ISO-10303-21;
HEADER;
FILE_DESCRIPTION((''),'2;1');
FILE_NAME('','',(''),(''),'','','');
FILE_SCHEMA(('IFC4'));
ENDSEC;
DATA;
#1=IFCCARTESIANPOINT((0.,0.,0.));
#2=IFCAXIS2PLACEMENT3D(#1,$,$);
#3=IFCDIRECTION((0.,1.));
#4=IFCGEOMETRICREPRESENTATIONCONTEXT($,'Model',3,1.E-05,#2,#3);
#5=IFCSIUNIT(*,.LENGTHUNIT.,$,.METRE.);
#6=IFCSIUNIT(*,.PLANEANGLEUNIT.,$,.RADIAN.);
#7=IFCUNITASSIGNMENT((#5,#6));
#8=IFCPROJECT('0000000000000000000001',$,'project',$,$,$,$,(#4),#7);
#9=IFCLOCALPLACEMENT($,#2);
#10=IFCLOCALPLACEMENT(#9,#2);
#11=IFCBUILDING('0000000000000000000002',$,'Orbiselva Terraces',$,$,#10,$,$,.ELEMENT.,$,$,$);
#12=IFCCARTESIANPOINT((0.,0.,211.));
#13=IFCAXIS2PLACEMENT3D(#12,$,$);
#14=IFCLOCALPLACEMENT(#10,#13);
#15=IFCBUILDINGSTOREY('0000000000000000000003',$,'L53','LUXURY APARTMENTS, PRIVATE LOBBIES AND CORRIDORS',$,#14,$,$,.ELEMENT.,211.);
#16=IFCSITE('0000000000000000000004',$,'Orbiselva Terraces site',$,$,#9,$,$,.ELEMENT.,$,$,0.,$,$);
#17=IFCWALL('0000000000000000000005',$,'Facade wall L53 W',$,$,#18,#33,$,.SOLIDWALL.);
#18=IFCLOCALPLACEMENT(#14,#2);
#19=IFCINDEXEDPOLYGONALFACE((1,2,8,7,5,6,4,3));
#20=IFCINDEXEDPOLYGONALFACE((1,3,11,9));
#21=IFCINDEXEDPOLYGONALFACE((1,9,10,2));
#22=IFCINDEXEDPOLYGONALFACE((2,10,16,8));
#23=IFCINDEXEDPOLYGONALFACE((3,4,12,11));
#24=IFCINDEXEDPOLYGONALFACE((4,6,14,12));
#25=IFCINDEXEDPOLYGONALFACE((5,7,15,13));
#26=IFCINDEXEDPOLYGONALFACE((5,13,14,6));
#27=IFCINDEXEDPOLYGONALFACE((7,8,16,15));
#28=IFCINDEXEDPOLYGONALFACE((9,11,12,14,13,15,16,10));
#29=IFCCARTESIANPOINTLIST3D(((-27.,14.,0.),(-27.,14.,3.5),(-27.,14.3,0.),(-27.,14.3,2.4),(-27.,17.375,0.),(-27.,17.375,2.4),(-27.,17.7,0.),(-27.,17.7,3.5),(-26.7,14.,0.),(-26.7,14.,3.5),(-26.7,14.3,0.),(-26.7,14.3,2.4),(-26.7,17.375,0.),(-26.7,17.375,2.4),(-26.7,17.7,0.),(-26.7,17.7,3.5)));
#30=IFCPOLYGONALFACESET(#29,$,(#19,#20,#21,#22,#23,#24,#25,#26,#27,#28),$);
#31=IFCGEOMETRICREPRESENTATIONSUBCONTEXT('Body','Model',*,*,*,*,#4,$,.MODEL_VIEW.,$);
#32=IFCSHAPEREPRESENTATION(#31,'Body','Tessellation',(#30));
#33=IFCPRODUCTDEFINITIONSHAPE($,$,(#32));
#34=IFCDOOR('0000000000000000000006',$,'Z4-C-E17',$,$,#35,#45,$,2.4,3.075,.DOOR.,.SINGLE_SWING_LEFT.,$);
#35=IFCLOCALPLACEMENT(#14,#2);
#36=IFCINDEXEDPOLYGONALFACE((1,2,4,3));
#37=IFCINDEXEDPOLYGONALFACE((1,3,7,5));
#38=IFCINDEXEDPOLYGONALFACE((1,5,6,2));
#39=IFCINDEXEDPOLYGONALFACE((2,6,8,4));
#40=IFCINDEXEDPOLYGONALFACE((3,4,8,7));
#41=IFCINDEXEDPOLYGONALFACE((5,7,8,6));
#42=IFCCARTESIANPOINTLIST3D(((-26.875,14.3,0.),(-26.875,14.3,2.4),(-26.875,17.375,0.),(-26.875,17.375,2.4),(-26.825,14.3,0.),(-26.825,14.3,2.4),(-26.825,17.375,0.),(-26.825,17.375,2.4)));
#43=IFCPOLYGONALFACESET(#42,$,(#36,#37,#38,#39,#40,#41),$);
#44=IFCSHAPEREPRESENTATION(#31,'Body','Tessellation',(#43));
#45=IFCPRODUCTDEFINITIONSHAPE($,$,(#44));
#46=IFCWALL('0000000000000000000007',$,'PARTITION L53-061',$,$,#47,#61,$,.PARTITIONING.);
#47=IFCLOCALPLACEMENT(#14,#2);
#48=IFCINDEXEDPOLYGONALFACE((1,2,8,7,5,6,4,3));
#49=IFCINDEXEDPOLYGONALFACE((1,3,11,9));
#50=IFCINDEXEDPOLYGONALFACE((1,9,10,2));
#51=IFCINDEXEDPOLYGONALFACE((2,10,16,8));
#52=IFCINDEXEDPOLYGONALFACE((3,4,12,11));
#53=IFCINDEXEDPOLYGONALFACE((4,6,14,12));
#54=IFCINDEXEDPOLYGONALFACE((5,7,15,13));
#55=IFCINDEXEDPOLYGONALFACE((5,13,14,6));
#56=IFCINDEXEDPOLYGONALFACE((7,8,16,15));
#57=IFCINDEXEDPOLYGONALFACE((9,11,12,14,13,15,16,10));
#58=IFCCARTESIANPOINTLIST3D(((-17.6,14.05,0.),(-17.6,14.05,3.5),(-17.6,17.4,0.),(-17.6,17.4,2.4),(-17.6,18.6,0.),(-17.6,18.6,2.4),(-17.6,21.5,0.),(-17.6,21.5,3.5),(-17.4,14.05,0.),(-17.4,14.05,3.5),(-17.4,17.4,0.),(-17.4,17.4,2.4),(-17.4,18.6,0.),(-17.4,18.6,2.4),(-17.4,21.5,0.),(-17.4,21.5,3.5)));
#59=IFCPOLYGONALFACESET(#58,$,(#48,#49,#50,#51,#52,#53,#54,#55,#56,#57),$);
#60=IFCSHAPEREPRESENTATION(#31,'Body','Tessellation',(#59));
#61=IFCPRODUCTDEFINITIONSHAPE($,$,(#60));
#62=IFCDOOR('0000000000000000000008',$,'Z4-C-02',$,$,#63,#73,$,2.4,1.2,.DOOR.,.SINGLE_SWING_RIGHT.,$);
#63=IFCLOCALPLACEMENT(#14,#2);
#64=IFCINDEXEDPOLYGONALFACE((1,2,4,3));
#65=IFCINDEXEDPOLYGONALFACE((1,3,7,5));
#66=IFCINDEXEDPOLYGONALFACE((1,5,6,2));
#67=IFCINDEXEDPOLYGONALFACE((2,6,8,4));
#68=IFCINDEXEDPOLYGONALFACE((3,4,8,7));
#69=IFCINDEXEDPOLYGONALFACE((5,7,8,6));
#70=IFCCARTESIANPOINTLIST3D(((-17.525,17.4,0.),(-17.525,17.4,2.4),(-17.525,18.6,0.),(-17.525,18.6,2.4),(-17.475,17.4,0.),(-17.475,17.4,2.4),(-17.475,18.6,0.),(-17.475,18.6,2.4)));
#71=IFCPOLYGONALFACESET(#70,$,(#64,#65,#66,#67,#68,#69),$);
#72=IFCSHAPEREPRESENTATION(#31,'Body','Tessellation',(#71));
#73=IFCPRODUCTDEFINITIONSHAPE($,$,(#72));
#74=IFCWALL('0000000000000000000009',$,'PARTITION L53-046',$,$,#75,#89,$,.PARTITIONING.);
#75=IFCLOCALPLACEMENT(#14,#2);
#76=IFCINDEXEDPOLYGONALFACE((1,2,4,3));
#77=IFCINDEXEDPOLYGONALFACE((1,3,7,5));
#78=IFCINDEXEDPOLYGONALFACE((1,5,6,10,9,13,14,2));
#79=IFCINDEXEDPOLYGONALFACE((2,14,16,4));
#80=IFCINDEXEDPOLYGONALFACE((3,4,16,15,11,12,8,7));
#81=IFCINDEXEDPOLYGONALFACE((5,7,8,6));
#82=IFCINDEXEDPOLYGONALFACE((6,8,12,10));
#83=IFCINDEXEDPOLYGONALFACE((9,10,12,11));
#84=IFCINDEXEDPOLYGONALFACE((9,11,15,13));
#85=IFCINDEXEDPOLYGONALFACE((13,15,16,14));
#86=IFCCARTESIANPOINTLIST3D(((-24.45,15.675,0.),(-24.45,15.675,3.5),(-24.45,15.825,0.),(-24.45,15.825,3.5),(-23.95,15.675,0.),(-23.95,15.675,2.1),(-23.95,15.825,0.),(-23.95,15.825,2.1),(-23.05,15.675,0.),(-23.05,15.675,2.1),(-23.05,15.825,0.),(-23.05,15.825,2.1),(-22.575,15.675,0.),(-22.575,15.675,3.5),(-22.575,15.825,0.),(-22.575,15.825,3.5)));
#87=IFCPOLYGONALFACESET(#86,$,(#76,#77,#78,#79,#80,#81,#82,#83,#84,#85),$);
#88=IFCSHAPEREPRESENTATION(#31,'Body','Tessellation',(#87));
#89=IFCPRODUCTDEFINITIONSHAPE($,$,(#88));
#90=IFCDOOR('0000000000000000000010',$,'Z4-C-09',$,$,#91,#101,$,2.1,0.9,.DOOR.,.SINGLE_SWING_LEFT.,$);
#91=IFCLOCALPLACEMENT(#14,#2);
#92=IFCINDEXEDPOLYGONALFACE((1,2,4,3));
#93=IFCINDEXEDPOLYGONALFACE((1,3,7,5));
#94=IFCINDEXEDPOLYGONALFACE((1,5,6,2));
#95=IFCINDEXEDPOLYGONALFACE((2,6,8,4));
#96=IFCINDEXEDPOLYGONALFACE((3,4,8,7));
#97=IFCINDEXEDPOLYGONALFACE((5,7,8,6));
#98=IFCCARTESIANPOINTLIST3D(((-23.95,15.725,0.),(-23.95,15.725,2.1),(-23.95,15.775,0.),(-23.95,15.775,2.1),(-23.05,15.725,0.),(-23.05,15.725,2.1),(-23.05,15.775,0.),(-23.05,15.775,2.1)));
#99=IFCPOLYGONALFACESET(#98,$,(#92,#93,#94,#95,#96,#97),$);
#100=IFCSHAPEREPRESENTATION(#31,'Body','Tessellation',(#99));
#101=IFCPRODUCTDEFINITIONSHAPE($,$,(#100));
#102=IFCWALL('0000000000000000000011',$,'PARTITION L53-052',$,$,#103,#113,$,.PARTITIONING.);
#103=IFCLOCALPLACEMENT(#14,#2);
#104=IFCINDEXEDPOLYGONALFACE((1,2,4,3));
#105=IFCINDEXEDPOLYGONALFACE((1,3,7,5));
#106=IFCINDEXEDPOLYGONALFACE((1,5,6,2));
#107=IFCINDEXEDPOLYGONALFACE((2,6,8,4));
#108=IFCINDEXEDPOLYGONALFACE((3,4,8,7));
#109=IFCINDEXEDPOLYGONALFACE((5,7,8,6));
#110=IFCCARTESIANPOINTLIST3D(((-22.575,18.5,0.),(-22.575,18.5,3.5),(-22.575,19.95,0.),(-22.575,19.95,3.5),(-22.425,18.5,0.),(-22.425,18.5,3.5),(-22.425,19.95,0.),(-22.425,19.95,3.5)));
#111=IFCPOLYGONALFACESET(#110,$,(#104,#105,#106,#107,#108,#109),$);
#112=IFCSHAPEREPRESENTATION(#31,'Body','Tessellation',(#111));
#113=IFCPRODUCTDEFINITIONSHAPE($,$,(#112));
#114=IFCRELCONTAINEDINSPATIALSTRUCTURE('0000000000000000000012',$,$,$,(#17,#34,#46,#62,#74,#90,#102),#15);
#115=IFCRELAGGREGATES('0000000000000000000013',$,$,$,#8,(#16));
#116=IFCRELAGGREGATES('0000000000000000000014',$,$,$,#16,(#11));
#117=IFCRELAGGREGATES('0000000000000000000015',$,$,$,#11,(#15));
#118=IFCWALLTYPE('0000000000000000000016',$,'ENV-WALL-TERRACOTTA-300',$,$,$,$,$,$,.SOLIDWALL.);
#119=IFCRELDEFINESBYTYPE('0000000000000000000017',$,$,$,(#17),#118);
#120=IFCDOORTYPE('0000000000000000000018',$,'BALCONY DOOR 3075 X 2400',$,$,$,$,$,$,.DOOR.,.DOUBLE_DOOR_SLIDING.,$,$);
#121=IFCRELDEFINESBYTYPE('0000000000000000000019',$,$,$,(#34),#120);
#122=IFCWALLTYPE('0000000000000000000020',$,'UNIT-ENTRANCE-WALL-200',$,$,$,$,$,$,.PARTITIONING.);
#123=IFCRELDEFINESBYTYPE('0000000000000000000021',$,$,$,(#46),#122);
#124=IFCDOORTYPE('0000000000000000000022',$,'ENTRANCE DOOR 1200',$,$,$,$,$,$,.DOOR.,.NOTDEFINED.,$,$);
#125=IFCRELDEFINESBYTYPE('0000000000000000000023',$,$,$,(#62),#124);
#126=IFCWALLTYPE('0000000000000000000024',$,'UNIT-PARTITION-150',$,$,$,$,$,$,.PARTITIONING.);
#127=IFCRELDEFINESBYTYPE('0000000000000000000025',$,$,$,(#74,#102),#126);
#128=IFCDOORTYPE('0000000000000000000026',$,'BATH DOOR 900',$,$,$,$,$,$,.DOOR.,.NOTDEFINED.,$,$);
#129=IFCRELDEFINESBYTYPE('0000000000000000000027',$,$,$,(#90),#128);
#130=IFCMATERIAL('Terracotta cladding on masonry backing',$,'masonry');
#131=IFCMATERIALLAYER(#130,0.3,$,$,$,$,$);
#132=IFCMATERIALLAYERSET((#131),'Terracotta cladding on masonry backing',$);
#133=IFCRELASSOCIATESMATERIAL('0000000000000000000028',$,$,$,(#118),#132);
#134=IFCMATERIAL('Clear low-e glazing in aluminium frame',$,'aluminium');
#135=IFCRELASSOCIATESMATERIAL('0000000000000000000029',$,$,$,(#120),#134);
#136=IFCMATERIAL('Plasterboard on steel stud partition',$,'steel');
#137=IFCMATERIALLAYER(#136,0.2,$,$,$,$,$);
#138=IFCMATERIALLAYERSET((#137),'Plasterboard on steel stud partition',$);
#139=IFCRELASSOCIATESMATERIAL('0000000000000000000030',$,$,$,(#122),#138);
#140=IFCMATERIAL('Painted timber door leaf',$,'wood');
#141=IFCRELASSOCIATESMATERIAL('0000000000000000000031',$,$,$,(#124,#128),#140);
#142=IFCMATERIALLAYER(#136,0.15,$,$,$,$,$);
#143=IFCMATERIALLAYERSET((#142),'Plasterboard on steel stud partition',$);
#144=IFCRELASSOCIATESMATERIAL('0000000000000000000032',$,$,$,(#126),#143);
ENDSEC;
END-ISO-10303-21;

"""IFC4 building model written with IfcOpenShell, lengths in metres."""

from ifc_helpers import new_model, si_unit, direction, frame, frame_2d, origin, place, context, subcontext, project, spatial, rectangle, extrude, material, layer, layer_set, type_object, element, fill, save


model = new_model("IFC4")

# Units and contexts
model_context = context("Model", 3, precision=1e-05, world=origin(), true_north=direction((0.0, 1.0)))
body_context = subcontext(model_context, "Body", "Model", "MODEL_VIEW")
ifc_project = project(units=[si_unit("LENGTHUNIT", "METRE"), si_unit("PLANEANGLEUNIT", "RADIAN")], contexts=[model_context])

# Site, building, storey
site_placement = place(None, origin())
site = spatial("IfcSite", under=ifc_project, at=site_placement, Name="Orbiselva Terraces site", CompositionType="ELEMENT", RefElevation=0.0)
building_placement = place(site_placement, origin())
building = spatial("IfcBuilding", under=site, at=building_placement, Name="Orbiselva Terraces", CompositionType="ELEMENT")
storey_placement = place(building_placement, frame((0.0, 0.0, 211.0)))
storey = spatial("IfcBuildingStorey", under=building, at=storey_placement, Name="L53", Description="LUXURY APARTMENTS, PRIVATE LOBBIES AND CORRIDORS", CompositionType="ELEMENT", Elevation=211.0)

# Shared definitions
ifc_material_1 = material(Name="Terracotta cladding on masonry backing", Category="masonry")
ifc_layer_1 = layer(ifc_material_1, 0.3)
ifc_layer_set_1 = layer_set([ifc_layer_1], Name="Terracotta cladding on masonry backing")
wall_type_1 = type_object("IfcWallType", Name="ENV-WALL-TERRACOTTA-300", PredefinedType="SOLIDWALL", material=ifc_layer_set_1)
ifc_material_2 = material(Name="Clear low-e glazing in aluminium frame", Category="aluminium")
door_type_1 = type_object("IfcDoorType", Name="BALCONY DOOR 3075 X 2400", OperationType="DOUBLE_DOOR_SLIDING", PredefinedType="DOOR", material=ifc_material_2)

# Walls, openings, doors
wall_1_placement = place(storey_placement, frame((-26.85, 14.0, 0.0), z_axis=(0.0, 0.0, 1.0), x_axis=(0.0, 1.0, 0.0)))
wall_1 = element("IfcWall", 1, at=wall_1_placement, inside=storey, type_object=wall_type_1, Name="Facade wall L53 W", PredefinedType="SOLIDWALL", context=body_context, shape_type="SweptSolid", body=[
    extrude(rectangle(XDim=3.7, YDim=0.3, at=frame_2d((1.85, 0.0))), origin(), (0.0, 0.0, 1.0), 3.5),
])
opening_1_placement = place(wall_1_placement, frame((0.3, 0.0, 0.0)))
opening_1 = element("IfcOpeningElement", 2, at=opening_1_placement, cuts=wall_1, PredefinedType="OPENING", context=body_context, shape_type="SweptSolid", body=[
    extrude(rectangle(XDim=3.075, YDim=2.4, at=frame_2d((1.5375, 1.2))), frame((0.0, 0.16, 0.0), z_axis=(0.0, -1.0, 0.0), x_axis=(1.0, 0.0, 0.0)), (0.0, 0.0, 1.0), 0.32),
])
door_1_placement = place(opening_1_placement, origin())
door_1 = element("IfcDoor", 3, at=door_1_placement, inside=storey, type_object=door_type_1, Name="Z4-C-E17", OperationType="SINGLE_SWING_LEFT", OverallHeight=2.4, OverallWidth=3.075, PredefinedType="DOOR", context=body_context, shape_type="SweptSolid", body=[
    extrude(rectangle(XDim=3.075, YDim=2.4, at=frame_2d((1.5375, 1.2))), frame((0.0, 0.025, 0.0), z_axis=(0.0, -1.0, 0.0), x_axis=(1.0, 0.0, 0.0)), (0.0, 0.0, 1.0), 0.05),
])
fill(opening_1, door_1)
ifc_material_3 = material(Name="Plasterboard on steel stud partition", Category="steel")
ifc_layer_2 = layer(ifc_material_3, 0.2)
ifc_layer_set_2 = layer_set([ifc_layer_2], Name="Plasterboard on steel stud partition")
wall_type_2 = type_object("IfcWallType", Name="UNIT-ENTRANCE-WALL-200", PredefinedType="PARTITIONING", material=ifc_layer_set_2)
wall_2_placement = place(storey_placement, frame((-17.5, 14.05, 0.0), z_axis=(0.0, 0.0, 1.0), x_axis=(0.0, 1.0, 0.0)))
wall_2 = element("IfcWall", 4, at=wall_2_placement, inside=storey, type_object=wall_type_2, Name="PARTITION L53-061", PredefinedType="PARTITIONING", context=body_context, shape_type="SweptSolid", body=[
    extrude(rectangle(XDim=7.45, YDim=0.2, at=frame_2d((3.725, 0.0))), origin(), (0.0, 0.0, 1.0), 3.5),
])
opening_2_placement = place(wall_2_placement, frame((3.35, 0.0, 0.0)))
opening_2 = element("IfcOpeningElement", 5, at=opening_2_placement, cuts=wall_2, PredefinedType="OPENING", context=body_context, shape_type="SweptSolid", body=[
    extrude(rectangle(XDim=1.2, YDim=2.4, at=frame_2d((0.6, 1.2))), frame((0.0, 0.11, 0.0), z_axis=(0.0, -1.0, 0.0), x_axis=(1.0, 0.0, 0.0)), (0.0, 0.0, 1.0), 0.22),
])
ifc_material_4 = material(Name="Painted timber door leaf", Category="wood")
door_type_2 = type_object("IfcDoorType", Name="ENTRANCE DOOR 1200", OperationType="NOTDEFINED", PredefinedType="DOOR", material=ifc_material_4)
door_2_placement = place(opening_2_placement, origin())
door_2 = element("IfcDoor", 6, at=door_2_placement, inside=storey, type_object=door_type_2, Name="Z4-C-02", OperationType="SINGLE_SWING_RIGHT", OverallHeight=2.4, OverallWidth=1.2, PredefinedType="DOOR", context=body_context, shape_type="SweptSolid", body=[
    extrude(rectangle(XDim=1.2, YDim=2.4, at=frame_2d((0.6, 1.2))), frame((0.0, 0.025, 0.0), z_axis=(0.0, -1.0, 0.0), x_axis=(1.0, 0.0, 0.0)), (0.0, 0.0, 1.0), 0.05),
])
fill(opening_2, door_2)
ifc_layer_3 = layer(ifc_material_3, 0.15)
ifc_layer_set_3 = layer_set([ifc_layer_3], Name="Plasterboard on steel stud partition")
wall_type_3 = type_object("IfcWallType", Name="UNIT-PARTITION-150", PredefinedType="PARTITIONING", material=ifc_layer_set_3)
wall_3_placement = place(storey_placement, frame((-22.575, 15.75, 0.0), z_axis=(0.0, 0.0, 1.0), x_axis=(-1.0, 0.0, 0.0)))
wall_3 = element("IfcWall", 7, at=wall_3_placement, inside=storey, type_object=wall_type_3, Name="PARTITION L53-046", PredefinedType="PARTITIONING", context=body_context, shape_type="SweptSolid", body=[
    extrude(rectangle(XDim=1.875, YDim=0.15, at=frame_2d((0.9375, 0.0))), origin(), (0.0, 0.0, 1.0), 3.5),
])
opening_3_placement = place(wall_3_placement, frame((0.475, 0.0, 0.0)))
opening_3 = element("IfcOpeningElement", 8, at=opening_3_placement, cuts=wall_3, PredefinedType="OPENING", context=body_context, shape_type="SweptSolid", body=[
    extrude(rectangle(XDim=0.9, YDim=2.1, at=frame_2d((0.45, 1.05))), frame((0.0, 0.085, 0.0), z_axis=(0.0, -1.0, 0.0), x_axis=(1.0, 0.0, 0.0)), (0.0, 0.0, 1.0), 0.17),
])
door_type_3 = type_object("IfcDoorType", Name="BATH DOOR 900", OperationType="NOTDEFINED", PredefinedType="DOOR", material=ifc_material_4)
door_3_placement = place(opening_3_placement, origin())
door_3 = element("IfcDoor", 9, at=door_3_placement, inside=storey, type_object=door_type_3, Name="Z4-C-09", OperationType="SINGLE_SWING_LEFT", OverallHeight=2.1, OverallWidth=0.9, PredefinedType="DOOR", context=body_context, shape_type="SweptSolid", body=[
    extrude(rectangle(XDim=0.9, YDim=2.1, at=frame_2d((0.45, 1.05))), frame((0.0, 0.025, 0.0), z_axis=(0.0, -1.0, 0.0), x_axis=(1.0, 0.0, 0.0)), (0.0, 0.0, 1.0), 0.05),
])
fill(opening_3, door_3)

# Wall
wall_4_placement = place(storey_placement, frame((-22.5, 18.5, 0.0), z_axis=(0.0, 0.0, 1.0), x_axis=(0.0, 1.0, 0.0)))
element("IfcWall", 10, at=wall_4_placement, inside=storey, type_object=wall_type_3, Name="PARTITION L53-052", PredefinedType="PARTITIONING", context=body_context, shape_type="SweptSolid", body=[
    extrude(rectangle(XDim=1.45, YDim=0.15, at=frame_2d((0.725, 0.0))), origin(), (0.0, 0.0, 1.0), 3.5),
])

save(model, "model.ifc")
